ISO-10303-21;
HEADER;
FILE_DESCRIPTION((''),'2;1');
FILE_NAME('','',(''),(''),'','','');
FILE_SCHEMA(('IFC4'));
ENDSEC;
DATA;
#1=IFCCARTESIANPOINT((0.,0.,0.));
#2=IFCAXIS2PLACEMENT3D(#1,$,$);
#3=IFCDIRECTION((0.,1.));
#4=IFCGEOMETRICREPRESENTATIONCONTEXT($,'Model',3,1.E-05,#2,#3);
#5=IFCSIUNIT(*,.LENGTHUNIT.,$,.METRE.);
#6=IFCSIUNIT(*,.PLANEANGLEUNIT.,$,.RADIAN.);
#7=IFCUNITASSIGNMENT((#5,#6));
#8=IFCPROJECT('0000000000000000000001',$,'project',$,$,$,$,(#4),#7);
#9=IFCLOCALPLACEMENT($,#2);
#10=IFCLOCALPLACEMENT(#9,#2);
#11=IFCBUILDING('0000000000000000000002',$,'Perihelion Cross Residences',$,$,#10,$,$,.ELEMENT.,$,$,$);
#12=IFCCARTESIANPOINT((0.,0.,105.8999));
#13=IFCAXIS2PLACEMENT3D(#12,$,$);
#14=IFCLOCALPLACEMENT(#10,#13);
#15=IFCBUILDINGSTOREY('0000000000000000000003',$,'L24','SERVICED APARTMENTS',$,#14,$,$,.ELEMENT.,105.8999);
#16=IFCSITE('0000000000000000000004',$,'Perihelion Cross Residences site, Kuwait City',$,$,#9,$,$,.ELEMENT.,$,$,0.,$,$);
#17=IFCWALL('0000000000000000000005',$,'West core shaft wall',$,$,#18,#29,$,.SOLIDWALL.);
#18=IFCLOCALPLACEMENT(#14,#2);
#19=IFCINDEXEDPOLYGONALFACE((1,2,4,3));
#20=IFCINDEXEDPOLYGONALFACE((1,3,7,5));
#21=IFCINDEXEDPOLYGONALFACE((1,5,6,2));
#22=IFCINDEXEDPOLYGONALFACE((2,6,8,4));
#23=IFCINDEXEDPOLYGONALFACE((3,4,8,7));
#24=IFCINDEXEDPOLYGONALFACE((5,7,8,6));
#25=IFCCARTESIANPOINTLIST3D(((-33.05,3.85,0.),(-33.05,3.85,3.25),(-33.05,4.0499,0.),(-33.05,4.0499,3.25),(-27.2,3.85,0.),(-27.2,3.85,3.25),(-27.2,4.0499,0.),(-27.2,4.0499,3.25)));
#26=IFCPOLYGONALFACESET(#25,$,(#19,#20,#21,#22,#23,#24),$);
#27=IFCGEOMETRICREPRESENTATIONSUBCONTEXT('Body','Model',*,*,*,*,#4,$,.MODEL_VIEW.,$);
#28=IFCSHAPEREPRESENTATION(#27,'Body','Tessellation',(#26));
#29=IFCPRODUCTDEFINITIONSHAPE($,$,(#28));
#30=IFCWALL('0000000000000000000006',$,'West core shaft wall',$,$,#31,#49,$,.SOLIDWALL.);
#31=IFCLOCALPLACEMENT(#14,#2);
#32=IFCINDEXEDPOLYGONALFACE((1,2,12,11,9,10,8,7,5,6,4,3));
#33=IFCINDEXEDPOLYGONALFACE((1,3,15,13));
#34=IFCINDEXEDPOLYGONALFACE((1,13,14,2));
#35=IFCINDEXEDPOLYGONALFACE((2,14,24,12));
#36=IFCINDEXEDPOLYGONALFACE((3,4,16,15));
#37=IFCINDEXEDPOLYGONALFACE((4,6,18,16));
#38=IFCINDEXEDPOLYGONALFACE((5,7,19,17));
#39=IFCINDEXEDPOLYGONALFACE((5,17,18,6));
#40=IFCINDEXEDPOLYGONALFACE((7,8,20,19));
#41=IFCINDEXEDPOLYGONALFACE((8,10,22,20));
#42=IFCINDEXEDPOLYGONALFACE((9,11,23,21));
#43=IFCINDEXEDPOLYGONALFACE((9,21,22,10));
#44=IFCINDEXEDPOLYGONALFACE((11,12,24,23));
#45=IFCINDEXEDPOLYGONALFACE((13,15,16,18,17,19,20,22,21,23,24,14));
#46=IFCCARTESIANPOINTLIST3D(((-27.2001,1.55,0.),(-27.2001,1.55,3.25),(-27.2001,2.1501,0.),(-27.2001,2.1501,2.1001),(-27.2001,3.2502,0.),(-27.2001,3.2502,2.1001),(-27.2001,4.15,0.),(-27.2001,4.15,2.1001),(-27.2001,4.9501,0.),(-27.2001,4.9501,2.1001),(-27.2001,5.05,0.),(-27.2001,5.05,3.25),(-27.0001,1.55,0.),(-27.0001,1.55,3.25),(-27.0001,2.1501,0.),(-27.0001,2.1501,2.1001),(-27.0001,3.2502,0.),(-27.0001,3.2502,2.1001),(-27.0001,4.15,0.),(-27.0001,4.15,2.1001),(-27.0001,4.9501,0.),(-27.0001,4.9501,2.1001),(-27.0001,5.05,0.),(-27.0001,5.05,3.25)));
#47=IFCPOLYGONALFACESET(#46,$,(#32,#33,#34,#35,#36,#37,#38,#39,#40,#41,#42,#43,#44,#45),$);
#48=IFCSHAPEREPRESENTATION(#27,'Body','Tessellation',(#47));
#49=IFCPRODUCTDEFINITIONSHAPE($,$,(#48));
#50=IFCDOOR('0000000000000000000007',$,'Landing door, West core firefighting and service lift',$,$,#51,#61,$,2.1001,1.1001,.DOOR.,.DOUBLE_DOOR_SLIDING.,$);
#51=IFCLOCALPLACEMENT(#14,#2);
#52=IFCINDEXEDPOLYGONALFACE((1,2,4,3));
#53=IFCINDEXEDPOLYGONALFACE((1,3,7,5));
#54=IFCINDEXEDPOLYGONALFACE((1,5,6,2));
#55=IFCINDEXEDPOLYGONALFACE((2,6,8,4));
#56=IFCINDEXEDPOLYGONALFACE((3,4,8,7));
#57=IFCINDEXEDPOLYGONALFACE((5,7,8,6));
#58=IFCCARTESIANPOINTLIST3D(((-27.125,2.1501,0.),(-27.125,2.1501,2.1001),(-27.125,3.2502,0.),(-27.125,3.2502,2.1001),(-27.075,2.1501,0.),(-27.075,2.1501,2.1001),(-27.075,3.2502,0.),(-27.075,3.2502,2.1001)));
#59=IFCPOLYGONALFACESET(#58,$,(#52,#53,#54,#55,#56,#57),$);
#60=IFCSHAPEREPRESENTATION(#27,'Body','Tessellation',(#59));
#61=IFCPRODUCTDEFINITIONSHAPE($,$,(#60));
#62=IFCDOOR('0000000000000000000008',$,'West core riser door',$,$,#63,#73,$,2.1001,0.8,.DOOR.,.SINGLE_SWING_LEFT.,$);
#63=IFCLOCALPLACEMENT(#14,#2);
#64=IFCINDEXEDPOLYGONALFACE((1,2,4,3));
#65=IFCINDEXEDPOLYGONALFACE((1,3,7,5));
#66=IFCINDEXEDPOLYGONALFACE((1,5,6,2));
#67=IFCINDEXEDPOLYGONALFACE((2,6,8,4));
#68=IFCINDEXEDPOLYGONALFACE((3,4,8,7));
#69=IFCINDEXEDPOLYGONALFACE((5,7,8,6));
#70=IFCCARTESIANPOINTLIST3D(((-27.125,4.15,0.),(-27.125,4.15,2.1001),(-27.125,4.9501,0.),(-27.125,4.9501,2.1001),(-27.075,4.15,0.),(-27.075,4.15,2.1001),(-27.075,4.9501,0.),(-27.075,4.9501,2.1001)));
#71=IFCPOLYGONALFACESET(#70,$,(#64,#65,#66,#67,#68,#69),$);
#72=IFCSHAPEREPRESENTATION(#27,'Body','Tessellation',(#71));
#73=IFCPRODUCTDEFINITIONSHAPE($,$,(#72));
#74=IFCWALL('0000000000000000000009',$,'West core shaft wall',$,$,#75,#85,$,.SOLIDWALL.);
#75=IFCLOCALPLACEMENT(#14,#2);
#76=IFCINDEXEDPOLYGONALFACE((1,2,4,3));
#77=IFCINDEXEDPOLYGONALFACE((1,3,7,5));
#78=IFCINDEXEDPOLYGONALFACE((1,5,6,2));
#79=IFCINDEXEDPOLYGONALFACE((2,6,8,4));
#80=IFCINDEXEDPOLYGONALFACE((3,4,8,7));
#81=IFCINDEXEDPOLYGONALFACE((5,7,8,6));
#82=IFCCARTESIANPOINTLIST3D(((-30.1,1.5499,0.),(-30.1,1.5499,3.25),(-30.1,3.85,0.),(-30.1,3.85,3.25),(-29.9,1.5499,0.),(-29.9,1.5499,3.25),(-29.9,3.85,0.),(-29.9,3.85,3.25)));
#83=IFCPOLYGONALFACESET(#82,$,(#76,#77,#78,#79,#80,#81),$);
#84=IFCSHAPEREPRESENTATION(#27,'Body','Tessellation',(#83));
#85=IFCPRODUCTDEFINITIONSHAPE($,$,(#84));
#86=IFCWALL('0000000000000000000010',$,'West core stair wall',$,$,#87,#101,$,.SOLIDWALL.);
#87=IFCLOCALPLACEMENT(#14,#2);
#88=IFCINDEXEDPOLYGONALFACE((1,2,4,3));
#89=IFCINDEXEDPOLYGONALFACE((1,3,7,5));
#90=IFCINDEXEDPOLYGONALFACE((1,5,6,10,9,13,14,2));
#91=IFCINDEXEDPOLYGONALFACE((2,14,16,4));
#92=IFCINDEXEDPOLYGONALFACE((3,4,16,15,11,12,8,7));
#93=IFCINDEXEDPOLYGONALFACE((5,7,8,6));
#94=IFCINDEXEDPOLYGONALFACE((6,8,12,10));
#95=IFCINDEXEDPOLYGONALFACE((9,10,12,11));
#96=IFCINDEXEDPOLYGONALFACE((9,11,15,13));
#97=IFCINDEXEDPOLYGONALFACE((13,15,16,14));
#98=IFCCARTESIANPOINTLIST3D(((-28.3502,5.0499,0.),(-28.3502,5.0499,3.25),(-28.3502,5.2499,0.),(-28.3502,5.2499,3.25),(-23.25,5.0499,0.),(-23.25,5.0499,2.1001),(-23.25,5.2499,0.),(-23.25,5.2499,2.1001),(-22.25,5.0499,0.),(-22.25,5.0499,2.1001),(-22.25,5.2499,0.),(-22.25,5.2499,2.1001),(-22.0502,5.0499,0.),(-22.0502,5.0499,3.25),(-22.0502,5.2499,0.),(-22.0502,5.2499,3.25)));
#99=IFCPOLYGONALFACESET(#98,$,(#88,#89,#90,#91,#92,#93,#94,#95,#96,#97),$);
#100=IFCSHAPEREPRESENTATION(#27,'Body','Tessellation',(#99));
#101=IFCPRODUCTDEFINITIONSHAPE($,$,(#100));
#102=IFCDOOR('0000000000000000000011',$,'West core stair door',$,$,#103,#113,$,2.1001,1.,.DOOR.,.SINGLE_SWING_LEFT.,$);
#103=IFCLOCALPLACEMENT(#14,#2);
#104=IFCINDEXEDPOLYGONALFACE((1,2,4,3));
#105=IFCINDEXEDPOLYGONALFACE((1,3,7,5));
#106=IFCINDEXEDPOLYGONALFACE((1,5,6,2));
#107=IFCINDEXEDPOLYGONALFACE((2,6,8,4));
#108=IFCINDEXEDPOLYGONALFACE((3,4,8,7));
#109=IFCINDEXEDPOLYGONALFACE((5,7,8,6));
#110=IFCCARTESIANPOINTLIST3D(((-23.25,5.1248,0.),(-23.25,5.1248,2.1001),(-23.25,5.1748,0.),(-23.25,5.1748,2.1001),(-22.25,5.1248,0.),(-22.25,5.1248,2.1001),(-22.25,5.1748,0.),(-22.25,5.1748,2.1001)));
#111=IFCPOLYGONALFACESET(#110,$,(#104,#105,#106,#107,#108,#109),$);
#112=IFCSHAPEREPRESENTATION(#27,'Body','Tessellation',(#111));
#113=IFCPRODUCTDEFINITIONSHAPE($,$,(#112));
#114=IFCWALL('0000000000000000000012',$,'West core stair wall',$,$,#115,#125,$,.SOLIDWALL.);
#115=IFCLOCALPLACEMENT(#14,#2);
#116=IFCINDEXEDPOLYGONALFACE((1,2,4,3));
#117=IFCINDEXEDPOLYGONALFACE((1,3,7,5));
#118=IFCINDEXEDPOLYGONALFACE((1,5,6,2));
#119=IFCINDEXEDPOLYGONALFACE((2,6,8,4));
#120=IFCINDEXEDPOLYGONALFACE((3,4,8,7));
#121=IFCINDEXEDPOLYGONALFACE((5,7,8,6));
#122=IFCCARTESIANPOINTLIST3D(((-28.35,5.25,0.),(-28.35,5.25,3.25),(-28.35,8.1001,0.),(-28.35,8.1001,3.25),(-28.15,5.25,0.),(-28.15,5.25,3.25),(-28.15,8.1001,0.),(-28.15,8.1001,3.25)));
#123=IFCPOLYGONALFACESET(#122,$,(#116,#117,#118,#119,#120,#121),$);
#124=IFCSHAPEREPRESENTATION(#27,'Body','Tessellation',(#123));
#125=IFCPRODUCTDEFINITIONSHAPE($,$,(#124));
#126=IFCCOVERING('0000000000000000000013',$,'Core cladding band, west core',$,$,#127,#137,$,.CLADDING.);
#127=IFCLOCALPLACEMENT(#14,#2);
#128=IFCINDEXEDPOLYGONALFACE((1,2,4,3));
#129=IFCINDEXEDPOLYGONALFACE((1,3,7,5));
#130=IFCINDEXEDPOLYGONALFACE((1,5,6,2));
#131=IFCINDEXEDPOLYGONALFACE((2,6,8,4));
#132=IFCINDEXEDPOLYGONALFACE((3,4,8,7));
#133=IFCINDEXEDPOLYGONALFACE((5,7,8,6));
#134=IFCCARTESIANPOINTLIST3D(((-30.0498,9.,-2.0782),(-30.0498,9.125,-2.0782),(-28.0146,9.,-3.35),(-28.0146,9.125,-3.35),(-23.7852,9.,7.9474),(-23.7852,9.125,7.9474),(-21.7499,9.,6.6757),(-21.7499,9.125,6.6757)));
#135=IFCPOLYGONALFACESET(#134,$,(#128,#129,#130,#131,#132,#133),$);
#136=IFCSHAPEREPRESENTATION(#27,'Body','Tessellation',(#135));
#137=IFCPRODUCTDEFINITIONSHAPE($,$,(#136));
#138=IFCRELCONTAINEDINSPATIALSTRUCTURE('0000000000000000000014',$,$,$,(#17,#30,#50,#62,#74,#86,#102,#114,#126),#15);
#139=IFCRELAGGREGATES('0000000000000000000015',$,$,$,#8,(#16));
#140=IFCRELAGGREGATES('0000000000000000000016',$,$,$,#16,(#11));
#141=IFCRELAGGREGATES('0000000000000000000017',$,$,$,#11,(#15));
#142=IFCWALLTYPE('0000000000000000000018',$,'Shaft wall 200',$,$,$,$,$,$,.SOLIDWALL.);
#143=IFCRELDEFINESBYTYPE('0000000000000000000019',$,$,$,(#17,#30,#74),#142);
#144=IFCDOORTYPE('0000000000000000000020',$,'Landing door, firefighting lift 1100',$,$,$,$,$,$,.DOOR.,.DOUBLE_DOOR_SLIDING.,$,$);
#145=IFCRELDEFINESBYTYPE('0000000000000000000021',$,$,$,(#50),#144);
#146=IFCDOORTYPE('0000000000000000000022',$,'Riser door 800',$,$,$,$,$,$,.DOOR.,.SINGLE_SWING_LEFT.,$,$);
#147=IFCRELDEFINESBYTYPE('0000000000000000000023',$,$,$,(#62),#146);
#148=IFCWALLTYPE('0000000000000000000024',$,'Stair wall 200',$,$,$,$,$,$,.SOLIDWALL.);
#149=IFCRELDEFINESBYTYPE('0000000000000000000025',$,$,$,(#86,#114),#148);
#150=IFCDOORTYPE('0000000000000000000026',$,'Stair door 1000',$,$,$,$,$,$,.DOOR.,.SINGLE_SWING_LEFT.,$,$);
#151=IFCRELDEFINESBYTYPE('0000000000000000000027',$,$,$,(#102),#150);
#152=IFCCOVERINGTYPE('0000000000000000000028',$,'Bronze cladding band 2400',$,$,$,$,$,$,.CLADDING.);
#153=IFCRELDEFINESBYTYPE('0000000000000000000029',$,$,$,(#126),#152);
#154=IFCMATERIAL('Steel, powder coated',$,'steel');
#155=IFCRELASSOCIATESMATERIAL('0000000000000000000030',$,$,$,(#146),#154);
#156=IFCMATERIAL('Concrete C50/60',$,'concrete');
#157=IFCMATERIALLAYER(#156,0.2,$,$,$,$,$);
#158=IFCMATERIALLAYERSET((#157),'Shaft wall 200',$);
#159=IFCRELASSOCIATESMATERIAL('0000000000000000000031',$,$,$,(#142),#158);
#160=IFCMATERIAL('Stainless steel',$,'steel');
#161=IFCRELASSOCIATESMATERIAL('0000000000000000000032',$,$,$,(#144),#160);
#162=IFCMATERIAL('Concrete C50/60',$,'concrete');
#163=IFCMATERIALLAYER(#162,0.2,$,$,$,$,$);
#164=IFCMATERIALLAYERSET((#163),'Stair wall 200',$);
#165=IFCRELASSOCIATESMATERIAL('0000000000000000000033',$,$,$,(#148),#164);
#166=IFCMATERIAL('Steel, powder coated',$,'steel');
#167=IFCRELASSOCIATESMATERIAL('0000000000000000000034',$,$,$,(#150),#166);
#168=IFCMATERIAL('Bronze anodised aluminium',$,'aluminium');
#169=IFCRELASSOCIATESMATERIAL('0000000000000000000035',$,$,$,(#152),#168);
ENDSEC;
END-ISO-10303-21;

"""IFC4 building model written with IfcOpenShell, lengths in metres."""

from ifc_helpers import new_model, si_unit, direction, frame, frame_2d, origin, origin_2d, place, context, subcontext, project, spatial, rectangle, extrude, material, layer, layer_set, material_profile, profile_set, type_object, element, fill, save


model = new_model("IFC4")

# Units and contexts
model_context = context("Model", 3, precision=1e-05, world=origin(), true_north=direction((0.0, 1.0)))
body_context = subcontext(model_context, "Body", "Model", "MODEL_VIEW")
ifc_project = project(units=[si_unit("LENGTHUNIT", "METRE"), si_unit("PLANEANGLEUNIT", "RADIAN")], contexts=[model_context])

# Site, building, storey
site_placement = place(None, origin())
site = spatial("IfcSite", under=ifc_project, at=site_placement, Name="Perihelion Cross Residences site, Kuwait City", CompositionType="ELEMENT", RefElevation=0.0)
building_placement = place(site_placement, origin())
building = spatial("IfcBuilding", under=site, at=building_placement, Name="Perihelion Cross Residences", CompositionType="ELEMENT")
storey_placement = place(building_placement, frame((0.0, 0.0, 105.8999)))
storey = spatial("IfcBuildingStorey", under=building, at=storey_placement, Name="L24", Description="SERVICED APARTMENTS", CompositionType="ELEMENT", Elevation=105.8999)

# Shared definitions
ifc_material_1 = material(Name="Steel, powder coated", Category="steel")
door_type_1 = type_object("IfcDoorType", Name="Riser door 800", OperationType="SINGLE_SWING_LEFT", PredefinedType="DOOR", material=ifc_material_1)

# Shared definitions
ifc_material_2 = material(Name="Concrete C50/60", Category="concrete")
ifc_layer_1 = layer(ifc_material_2, 0.2)
ifc_layer_set_1 = layer_set([ifc_layer_1], Name="Shaft wall 200")
wall_type_1 = type_object("IfcWallType", Name="Shaft wall 200", PredefinedType="SOLIDWALL", material=ifc_layer_set_1)

# Wall
wall_1_placement = place(storey_placement, frame((-33.05, 3.95, 0.0), z_axis=(0.0, 0.0, 1.0), x_axis=(1.0, 0.0, 0.0)))
element("IfcWall", 1, at=wall_1_placement, inside=storey, type_object=wall_type_1, Name="West core shaft wall", PredefinedType="SOLIDWALL", context=body_context, shape_type="SweptSolid", body=[
    extrude(rectangle(XDim=5.8501, YDim=0.2, at=frame_2d((2.925, 0.0))), origin(), (0.0, 0.0, 1.0), 3.25),
])

# Wall, openings, doors
wall_2_placement = place(storey_placement, frame((-27.1001, 1.55, 0.0), z_axis=(0.0, 0.0, 1.0), x_axis=(0.0, 1.0, 0.0)))
wall_2 = element("IfcWall", 2, at=wall_2_placement, inside=storey, type_object=wall_type_1, Name="West core shaft wall", PredefinedType="SOLIDWALL", context=body_context, shape_type="SweptSolid", body=[
    extrude(rectangle(XDim=3.5, YDim=0.2, at=frame_2d((1.75, 0.0))), origin(), (0.0, 0.0, 1.0), 3.25),
])
opening_1_placement = place(wall_2_placement, frame((0.6001, 0.0, 0.0)))
opening_1 = element("IfcOpeningElement", 3, at=opening_1_placement, cuts=wall_2, PredefinedType="OPENING", context=body_context, shape_type="SweptSolid", body=[
    extrude(rectangle(XDim=1.1001, YDim=2.1001, at=frame_2d((0.55, 1.05))), frame((0.0, 0.1099, 0.0), z_axis=(0.0, -1.0, 0.0), x_axis=(1.0, 0.0, 0.0)), (0.0, 0.0, 1.0), 0.22),
])
opening_2_placement = place(wall_2_placement, frame((2.6001, 0.0, 0.0)))
opening_2 = element("IfcOpeningElement", 4, at=opening_2_placement, cuts=wall_2, PredefinedType="OPENING", context=body_context, shape_type="SweptSolid", body=[
    extrude(rectangle(XDim=0.8, YDim=2.1001, at=frame_2d((0.3999, 1.05))), frame((0.0, 0.1099, 0.0), z_axis=(0.0, -1.0, 0.0), x_axis=(1.0, 0.0, 0.0)), (0.0, 0.0, 1.0), 0.22),
])
ifc_material_3 = material(Name="Stainless steel", Category="steel")
door_type_2 = type_object("IfcDoorType", Name="Landing door, firefighting lift 1100", OperationType="DOUBLE_DOOR_SLIDING", PredefinedType="DOOR", material=ifc_material_3)
door_1_placement = place(opening_1_placement, origin())
door_1 = element("IfcDoor", 5, at=door_1_placement, inside=storey, type_object=door_type_2, Name="Landing door, West core firefighting and service lift", OperationType="DOUBLE_DOOR_SLIDING", OverallHeight=2.1001, OverallWidth=1.1001, PredefinedType="DOOR", context=body_context, shape_type="SweptSolid", body=[
    extrude(rectangle(XDim=1.1001, YDim=2.1001, at=frame_2d((0.55, 1.05))), frame((0.0, 0.0249, 0.0), z_axis=(0.0, -1.0, 0.0), x_axis=(1.0, 0.0, 0.0)), (0.0, 0.0, 1.0), 0.05),
])
fill(opening_1, door_1)
door_2_placement = place(opening_2_placement, origin())
door_2 = element("IfcDoor", 6, at=door_2_placement, inside=storey, type_object=door_type_1, Name="West core riser door", OperationType="SINGLE_SWING_LEFT", OverallHeight=2.1001, OverallWidth=0.8, PredefinedType="DOOR", context=body_context, shape_type="SweptSolid", body=[
    extrude(rectangle(XDim=0.8, YDim=2.1001, at=frame_2d((0.3999, 1.05))), frame((0.0, 0.0249, 0.0), z_axis=(0.0, -1.0, 0.0), x_axis=(1.0, 0.0, 0.0)), (0.0, 0.0, 1.0), 0.05),
])
fill(opening_2, door_2)

# Wall
wall_3_placement = place(storey_placement, frame((-30.0, 1.55, 0.0), z_axis=(0.0, 0.0, 1.0), x_axis=(0.0, 1.0, 0.0)))
element("IfcWall", 7, at=wall_3_placement, inside=storey, type_object=wall_type_1, Name="West core shaft wall", PredefinedType="SOLIDWALL", context=body_context, shape_type="SweptSolid", body=[
    extrude(rectangle(XDim=2.3, YDim=0.2, at=frame_2d((1.1499, 0.0))), origin(), (0.0, 0.0, 1.0), 3.25),
])

# Wall, opening, door
ifc_material_4 = material(Name="Concrete C50/60", Category="concrete")
ifc_layer_2 = layer(ifc_material_4, 0.2)
ifc_layer_set_2 = layer_set([ifc_layer_2], Name="Stair wall 200")
wall_type_2 = type_object("IfcWallType", Name="Stair wall 200", PredefinedType="SOLIDWALL", material=ifc_layer_set_2)
wall_4_placement = place(storey_placement, frame((-28.3501, 5.1499, 0.0), z_axis=(0.0, 0.0, 1.0), x_axis=(1.0, 0.0, 0.0)))
wall_4 = element("IfcWall", 8, at=wall_4_placement, inside=storey, type_object=wall_type_2, Name="West core stair wall", PredefinedType="SOLIDWALL", context=body_context, shape_type="SweptSolid", body=[
    extrude(rectangle(XDim=6.3, YDim=0.2, at=frame_2d((3.1499, 0.0))), origin(), (0.0, 0.0, 1.0), 3.25),
])
opening_3_placement = place(wall_4_placement, frame((5.1001, 0.0, 0.0)))
opening_3 = element("IfcOpeningElement", 9, at=opening_3_placement, cuts=wall_4, PredefinedType="OPENING", context=body_context, shape_type="SweptSolid", body=[
    extrude(rectangle(XDim=1.0, YDim=2.1001, at=frame_2d((0.5, 1.05))), frame((0.0, 0.1099, 0.0), z_axis=(0.0, -1.0, 0.0), x_axis=(1.0, 0.0, 0.0)), (0.0, 0.0, 1.0), 0.22),
])
ifc_material_5 = material(Name="Steel, powder coated", Category="steel")
door_type_3 = type_object("IfcDoorType", Name="Stair door 1000", OperationType="SINGLE_SWING_LEFT", PredefinedType="DOOR", material=ifc_material_5)
door_3_placement = place(opening_3_placement, origin())
door_3 = element("IfcDoor", 10, at=door_3_placement, inside=storey, type_object=door_type_3, Name="West core stair door", OperationType="SINGLE_SWING_LEFT", OverallHeight=2.1001, OverallWidth=1.0, PredefinedType="DOOR", context=body_context, shape_type="SweptSolid", body=[
    extrude(rectangle(XDim=1.0, YDim=2.1001, at=frame_2d((0.5, 1.05))), frame((0.0, 0.0249, 0.0), z_axis=(0.0, -1.0, 0.0), x_axis=(1.0, 0.0, 0.0)), (0.0, 0.0, 1.0), 0.05),
])
fill(opening_3, door_3)

# Wall
wall_5_placement = place(storey_placement, frame((-28.25, 5.25, 0.0), z_axis=(0.0, 0.0, 1.0), x_axis=(0.0, 1.0, 0.0)))
element("IfcWall", 11, at=wall_5_placement, inside=storey, type_object=wall_type_2, Name="West core stair wall", PredefinedType="SOLIDWALL", context=body_context, shape_type="SweptSolid", body=[
    extrude(rectangle(XDim=2.8501, YDim=0.2, at=frame_2d((1.425, 0.0))), origin(), (0.0, 0.0, 1.0), 3.25),
])

# Covering
ifc_material_6 = material(Name="Bronze anodised aluminium", Category="aluminium")
ifc_material_profile = material_profile(ifc_material_6, rectangle(XDim=0.125, YDim=2.3999, at=origin_2d()), Name="Bronze cladding band 2400")
ifc_profile_set = profile_set([ifc_material_profile], Name="Bronze anodised aluminium")
covering_type = type_object("IfcCoveringType", Name="Bronze cladding band 2400", PredefinedType="CLADDING", material=ifc_profile_set)
covering_placement = place(storey_placement, frame((-29.0322, 9.0625, -2.7141), z_axis=(0.529915, 0.0, 0.848051), x_axis=(0.0, 1.0, 0.0)))
element("IfcCovering", 12, at=covering_placement, inside=storey, type_object=covering_type, Name="Core cladding band, west core", PredefinedType="CLADDING", context=body_context, shape_type="SweptSolid", body=[
    extrude(rectangle(XDim=0.125, YDim=2.3999, at=origin_2d()), origin(), (0.0, 0.0, 1.0), 11.822),
])

save(model, "model.ifc")
